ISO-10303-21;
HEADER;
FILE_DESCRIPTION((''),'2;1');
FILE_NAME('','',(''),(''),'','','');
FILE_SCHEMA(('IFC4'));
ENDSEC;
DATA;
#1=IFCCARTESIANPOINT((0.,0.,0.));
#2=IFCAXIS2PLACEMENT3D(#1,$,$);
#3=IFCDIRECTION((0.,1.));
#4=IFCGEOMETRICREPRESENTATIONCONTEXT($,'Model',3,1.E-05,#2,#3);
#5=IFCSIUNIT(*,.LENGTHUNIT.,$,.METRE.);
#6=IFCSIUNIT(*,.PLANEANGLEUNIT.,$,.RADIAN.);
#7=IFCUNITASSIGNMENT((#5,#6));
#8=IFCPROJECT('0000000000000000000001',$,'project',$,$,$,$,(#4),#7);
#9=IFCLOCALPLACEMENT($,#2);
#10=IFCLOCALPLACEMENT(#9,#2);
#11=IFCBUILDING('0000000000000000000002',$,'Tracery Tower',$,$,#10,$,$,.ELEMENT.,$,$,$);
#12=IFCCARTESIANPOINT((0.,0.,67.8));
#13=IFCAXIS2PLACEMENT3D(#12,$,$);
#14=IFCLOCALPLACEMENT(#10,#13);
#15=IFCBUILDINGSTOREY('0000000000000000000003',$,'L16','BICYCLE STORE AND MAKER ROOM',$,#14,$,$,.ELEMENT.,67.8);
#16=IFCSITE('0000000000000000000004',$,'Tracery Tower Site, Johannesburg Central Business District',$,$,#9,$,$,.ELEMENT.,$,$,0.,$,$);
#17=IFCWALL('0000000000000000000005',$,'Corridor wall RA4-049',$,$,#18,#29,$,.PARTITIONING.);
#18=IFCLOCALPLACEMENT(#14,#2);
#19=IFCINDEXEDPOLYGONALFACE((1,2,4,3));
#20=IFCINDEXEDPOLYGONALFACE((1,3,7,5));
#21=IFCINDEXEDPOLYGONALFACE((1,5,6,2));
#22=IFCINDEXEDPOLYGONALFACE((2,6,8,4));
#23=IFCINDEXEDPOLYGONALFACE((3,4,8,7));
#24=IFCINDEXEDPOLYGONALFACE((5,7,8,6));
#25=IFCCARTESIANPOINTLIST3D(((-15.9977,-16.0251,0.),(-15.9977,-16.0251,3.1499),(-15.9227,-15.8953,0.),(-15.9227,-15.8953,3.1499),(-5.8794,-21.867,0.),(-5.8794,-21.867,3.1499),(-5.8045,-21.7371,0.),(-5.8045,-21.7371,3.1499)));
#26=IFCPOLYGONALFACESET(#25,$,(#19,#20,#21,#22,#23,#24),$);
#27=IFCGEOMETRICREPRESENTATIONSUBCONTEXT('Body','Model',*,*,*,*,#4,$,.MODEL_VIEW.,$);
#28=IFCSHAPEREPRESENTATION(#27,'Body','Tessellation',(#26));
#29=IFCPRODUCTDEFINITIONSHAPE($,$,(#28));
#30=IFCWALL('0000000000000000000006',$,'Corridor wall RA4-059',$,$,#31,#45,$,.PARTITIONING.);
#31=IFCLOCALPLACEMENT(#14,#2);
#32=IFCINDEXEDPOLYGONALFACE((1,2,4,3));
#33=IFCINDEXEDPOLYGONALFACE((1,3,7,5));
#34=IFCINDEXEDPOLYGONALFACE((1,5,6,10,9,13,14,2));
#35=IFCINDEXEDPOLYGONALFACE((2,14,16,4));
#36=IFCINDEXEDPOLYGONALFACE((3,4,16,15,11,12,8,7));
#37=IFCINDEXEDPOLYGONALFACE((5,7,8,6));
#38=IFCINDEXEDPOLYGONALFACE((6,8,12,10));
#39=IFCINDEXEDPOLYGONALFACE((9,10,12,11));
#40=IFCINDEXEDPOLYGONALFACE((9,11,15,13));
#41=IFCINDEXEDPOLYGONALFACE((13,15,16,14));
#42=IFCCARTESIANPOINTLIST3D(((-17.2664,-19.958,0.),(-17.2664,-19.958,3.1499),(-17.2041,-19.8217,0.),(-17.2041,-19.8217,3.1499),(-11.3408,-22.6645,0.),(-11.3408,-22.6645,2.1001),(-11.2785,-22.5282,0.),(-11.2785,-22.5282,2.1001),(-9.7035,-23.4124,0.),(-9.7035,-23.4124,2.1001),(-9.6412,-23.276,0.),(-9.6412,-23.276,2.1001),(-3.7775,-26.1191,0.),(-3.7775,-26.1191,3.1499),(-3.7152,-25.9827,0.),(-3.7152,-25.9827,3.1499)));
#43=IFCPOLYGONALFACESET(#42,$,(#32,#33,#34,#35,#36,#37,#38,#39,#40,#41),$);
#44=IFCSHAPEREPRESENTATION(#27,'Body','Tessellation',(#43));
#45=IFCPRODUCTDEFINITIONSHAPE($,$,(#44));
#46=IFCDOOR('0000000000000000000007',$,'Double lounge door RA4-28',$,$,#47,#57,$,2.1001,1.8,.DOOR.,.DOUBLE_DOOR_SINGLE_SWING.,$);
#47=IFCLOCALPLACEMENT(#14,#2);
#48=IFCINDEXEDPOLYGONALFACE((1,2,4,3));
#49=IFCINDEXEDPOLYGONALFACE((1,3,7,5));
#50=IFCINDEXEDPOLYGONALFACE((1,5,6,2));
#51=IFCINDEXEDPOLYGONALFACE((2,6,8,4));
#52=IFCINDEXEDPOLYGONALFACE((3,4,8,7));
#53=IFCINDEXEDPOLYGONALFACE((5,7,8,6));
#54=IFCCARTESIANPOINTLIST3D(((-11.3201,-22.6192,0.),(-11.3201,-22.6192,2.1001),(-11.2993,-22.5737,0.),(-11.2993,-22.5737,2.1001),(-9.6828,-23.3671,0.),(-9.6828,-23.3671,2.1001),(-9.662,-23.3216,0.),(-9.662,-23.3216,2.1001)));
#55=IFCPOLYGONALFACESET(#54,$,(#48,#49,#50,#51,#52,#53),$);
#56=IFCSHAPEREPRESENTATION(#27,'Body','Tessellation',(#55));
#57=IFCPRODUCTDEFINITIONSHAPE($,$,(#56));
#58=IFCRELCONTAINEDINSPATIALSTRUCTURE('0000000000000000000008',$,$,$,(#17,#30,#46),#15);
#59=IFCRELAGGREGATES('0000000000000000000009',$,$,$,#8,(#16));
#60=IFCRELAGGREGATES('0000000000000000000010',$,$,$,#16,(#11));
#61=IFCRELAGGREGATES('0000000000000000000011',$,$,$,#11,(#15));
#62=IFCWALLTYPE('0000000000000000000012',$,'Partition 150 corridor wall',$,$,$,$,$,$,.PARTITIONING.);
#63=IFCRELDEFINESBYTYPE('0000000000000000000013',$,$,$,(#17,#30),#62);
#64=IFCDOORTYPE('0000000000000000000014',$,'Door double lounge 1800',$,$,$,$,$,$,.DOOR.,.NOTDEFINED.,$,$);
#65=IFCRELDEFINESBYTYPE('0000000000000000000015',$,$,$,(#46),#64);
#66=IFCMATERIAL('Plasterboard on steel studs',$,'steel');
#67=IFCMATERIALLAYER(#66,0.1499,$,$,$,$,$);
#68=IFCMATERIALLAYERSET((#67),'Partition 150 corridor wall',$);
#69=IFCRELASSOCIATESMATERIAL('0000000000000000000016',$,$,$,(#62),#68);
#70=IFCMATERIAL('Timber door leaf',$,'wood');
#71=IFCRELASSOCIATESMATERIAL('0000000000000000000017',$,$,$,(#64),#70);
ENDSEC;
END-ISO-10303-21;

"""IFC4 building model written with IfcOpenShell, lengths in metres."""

from ifc_helpers import new_model, si_unit, direction, frame, frame_2d, origin, place, context, subcontext, project, spatial, rectangle, extrude, material, layer, layer_set, type_object, element, fill, save


model = new_model("IFC4")

# Units and contexts
model_context = context("Model", 3, precision=1e-05, world=origin(), true_north=direction((0.0, 1.0)))
body_context = subcontext(model_context, "Body", "Model", "MODEL_VIEW")
ifc_project = project(units=[si_unit("LENGTHUNIT", "METRE"), si_unit("PLANEANGLEUNIT", "RADIAN")], contexts=[model_context])

# Site, building, storey
site_placement = place(None, origin())
site = spatial("IfcSite", under=ifc_project, at=site_placement, Name="Tracery Tower Site, Johannesburg Central Business District", CompositionType="ELEMENT", RefElevation=0.0)
building_placement = place(site_placement, origin())
building = spatial("IfcBuilding", under=site, at=building_placement, Name="Tracery Tower", CompositionType="ELEMENT")
storey_placement = place(building_placement, frame((0.0, 0.0, 67.8)))
storey = spatial("IfcBuildingStorey", under=building, at=storey_placement, Name="L16", Description="BICYCLE STORE AND MAKER ROOM", CompositionType="ELEMENT", Elevation=67.8)

# Shared definitions
ifc_material_1 = material(Name="Plasterboard on steel studs", Category="steel")
ifc_layer_1 = layer(ifc_material_1, 0.1499)
ifc_layer_set_1 = layer_set([ifc_layer_1], Name="Partition 150 corridor wall")
wall_type_1 = type_object("IfcWallType", Name="Partition 150 corridor wall", PredefinedType="PARTITIONING", material=ifc_layer_set_1)
ifc_material_2 = material(Name="Timber door leaf", Category="wood")
door_type = type_object("IfcDoorType", Name="Door double lounge 1800", OperationType="NOTDEFINED", PredefinedType="DOOR", material=ifc_material_2)

# Wall
wall_1_placement = place(storey_placement, frame((-15.9602, -15.9602, 0.0), z_axis=(0.0, 0.0, 1.0), x_axis=(0.866023, -0.500005, 0.0)))
element("IfcWall", 1, at=wall_1_placement, inside=storey, type_object=wall_type_1, Name="Corridor wall RA4-049", PredefinedType="PARTITIONING", context=body_context, shape_type="SweptSolid", body=[
    extrude(rectangle(XDim=11.6836, YDim=0.1499, at=frame_2d((5.8418, 0.0))), origin(), (0.0, 0.0, 1.0), 3.1499),
])

# Wall, opening, door
wall_2_placement = place(storey_placement, frame((-17.2351, -19.8899, 0.0), z_axis=(0.0, 0.0, 1.0), x_axis=(0.909609, -0.415466, 0.0)))
wall_2 = element("IfcWall", 2, at=wall_2_placement, inside=storey, type_object=wall_type_1, Name="Corridor wall RA4-059", PredefinedType="PARTITIONING", context=body_context, shape_type="SweptSolid", body=[
    extrude(rectangle(XDim=14.8293, YDim=0.1499, at=frame_2d((7.4146, 0.0))), origin(), (0.0, 0.0, 1.0), 3.1499),
])
opening_1_placement = place(wall_2_placement, frame((6.5144, 0.0, 0.0)))
opening_1 = element("IfcOpeningElement", 3, at=opening_1_placement, cuts=wall_2, PredefinedType="OPENING", context=body_context, shape_type="SweptSolid", body=[
    extrude(rectangle(XDim=1.8, YDim=2.1001, at=frame_2d((0.8999, 1.05))), frame((0.0, 0.075, 0.0), z_axis=(0.0, -1.0, 0.0), x_axis=(1.0, 0.0, 0.0)), (0.0, 0.0, 1.0), 0.1499),
])
door_1_placement = place(opening_1_placement, origin())
door_1 = element("IfcDoor", 4, at=door_1_placement, inside=storey, type_object=door_type, Name="Double lounge door RA4-28", OperationType="DOUBLE_DOOR_SINGLE_SWING", OverallHeight=2.1001, OverallWidth=1.8, PredefinedType="DOOR", context=body_context, shape_type="SweptSolid", body=[
    extrude(rectangle(XDim=1.8, YDim=2.1001, at=frame_2d((0.8999, 1.05))), frame((0.0, 0.0249, 0.0), z_axis=(0.0, -1.0, 0.0), x_axis=(1.0, 0.0, 0.0)), (0.0, 0.0, 1.0), 0.05),
])
fill(opening_1, door_1)

save(model, "model.ifc")
